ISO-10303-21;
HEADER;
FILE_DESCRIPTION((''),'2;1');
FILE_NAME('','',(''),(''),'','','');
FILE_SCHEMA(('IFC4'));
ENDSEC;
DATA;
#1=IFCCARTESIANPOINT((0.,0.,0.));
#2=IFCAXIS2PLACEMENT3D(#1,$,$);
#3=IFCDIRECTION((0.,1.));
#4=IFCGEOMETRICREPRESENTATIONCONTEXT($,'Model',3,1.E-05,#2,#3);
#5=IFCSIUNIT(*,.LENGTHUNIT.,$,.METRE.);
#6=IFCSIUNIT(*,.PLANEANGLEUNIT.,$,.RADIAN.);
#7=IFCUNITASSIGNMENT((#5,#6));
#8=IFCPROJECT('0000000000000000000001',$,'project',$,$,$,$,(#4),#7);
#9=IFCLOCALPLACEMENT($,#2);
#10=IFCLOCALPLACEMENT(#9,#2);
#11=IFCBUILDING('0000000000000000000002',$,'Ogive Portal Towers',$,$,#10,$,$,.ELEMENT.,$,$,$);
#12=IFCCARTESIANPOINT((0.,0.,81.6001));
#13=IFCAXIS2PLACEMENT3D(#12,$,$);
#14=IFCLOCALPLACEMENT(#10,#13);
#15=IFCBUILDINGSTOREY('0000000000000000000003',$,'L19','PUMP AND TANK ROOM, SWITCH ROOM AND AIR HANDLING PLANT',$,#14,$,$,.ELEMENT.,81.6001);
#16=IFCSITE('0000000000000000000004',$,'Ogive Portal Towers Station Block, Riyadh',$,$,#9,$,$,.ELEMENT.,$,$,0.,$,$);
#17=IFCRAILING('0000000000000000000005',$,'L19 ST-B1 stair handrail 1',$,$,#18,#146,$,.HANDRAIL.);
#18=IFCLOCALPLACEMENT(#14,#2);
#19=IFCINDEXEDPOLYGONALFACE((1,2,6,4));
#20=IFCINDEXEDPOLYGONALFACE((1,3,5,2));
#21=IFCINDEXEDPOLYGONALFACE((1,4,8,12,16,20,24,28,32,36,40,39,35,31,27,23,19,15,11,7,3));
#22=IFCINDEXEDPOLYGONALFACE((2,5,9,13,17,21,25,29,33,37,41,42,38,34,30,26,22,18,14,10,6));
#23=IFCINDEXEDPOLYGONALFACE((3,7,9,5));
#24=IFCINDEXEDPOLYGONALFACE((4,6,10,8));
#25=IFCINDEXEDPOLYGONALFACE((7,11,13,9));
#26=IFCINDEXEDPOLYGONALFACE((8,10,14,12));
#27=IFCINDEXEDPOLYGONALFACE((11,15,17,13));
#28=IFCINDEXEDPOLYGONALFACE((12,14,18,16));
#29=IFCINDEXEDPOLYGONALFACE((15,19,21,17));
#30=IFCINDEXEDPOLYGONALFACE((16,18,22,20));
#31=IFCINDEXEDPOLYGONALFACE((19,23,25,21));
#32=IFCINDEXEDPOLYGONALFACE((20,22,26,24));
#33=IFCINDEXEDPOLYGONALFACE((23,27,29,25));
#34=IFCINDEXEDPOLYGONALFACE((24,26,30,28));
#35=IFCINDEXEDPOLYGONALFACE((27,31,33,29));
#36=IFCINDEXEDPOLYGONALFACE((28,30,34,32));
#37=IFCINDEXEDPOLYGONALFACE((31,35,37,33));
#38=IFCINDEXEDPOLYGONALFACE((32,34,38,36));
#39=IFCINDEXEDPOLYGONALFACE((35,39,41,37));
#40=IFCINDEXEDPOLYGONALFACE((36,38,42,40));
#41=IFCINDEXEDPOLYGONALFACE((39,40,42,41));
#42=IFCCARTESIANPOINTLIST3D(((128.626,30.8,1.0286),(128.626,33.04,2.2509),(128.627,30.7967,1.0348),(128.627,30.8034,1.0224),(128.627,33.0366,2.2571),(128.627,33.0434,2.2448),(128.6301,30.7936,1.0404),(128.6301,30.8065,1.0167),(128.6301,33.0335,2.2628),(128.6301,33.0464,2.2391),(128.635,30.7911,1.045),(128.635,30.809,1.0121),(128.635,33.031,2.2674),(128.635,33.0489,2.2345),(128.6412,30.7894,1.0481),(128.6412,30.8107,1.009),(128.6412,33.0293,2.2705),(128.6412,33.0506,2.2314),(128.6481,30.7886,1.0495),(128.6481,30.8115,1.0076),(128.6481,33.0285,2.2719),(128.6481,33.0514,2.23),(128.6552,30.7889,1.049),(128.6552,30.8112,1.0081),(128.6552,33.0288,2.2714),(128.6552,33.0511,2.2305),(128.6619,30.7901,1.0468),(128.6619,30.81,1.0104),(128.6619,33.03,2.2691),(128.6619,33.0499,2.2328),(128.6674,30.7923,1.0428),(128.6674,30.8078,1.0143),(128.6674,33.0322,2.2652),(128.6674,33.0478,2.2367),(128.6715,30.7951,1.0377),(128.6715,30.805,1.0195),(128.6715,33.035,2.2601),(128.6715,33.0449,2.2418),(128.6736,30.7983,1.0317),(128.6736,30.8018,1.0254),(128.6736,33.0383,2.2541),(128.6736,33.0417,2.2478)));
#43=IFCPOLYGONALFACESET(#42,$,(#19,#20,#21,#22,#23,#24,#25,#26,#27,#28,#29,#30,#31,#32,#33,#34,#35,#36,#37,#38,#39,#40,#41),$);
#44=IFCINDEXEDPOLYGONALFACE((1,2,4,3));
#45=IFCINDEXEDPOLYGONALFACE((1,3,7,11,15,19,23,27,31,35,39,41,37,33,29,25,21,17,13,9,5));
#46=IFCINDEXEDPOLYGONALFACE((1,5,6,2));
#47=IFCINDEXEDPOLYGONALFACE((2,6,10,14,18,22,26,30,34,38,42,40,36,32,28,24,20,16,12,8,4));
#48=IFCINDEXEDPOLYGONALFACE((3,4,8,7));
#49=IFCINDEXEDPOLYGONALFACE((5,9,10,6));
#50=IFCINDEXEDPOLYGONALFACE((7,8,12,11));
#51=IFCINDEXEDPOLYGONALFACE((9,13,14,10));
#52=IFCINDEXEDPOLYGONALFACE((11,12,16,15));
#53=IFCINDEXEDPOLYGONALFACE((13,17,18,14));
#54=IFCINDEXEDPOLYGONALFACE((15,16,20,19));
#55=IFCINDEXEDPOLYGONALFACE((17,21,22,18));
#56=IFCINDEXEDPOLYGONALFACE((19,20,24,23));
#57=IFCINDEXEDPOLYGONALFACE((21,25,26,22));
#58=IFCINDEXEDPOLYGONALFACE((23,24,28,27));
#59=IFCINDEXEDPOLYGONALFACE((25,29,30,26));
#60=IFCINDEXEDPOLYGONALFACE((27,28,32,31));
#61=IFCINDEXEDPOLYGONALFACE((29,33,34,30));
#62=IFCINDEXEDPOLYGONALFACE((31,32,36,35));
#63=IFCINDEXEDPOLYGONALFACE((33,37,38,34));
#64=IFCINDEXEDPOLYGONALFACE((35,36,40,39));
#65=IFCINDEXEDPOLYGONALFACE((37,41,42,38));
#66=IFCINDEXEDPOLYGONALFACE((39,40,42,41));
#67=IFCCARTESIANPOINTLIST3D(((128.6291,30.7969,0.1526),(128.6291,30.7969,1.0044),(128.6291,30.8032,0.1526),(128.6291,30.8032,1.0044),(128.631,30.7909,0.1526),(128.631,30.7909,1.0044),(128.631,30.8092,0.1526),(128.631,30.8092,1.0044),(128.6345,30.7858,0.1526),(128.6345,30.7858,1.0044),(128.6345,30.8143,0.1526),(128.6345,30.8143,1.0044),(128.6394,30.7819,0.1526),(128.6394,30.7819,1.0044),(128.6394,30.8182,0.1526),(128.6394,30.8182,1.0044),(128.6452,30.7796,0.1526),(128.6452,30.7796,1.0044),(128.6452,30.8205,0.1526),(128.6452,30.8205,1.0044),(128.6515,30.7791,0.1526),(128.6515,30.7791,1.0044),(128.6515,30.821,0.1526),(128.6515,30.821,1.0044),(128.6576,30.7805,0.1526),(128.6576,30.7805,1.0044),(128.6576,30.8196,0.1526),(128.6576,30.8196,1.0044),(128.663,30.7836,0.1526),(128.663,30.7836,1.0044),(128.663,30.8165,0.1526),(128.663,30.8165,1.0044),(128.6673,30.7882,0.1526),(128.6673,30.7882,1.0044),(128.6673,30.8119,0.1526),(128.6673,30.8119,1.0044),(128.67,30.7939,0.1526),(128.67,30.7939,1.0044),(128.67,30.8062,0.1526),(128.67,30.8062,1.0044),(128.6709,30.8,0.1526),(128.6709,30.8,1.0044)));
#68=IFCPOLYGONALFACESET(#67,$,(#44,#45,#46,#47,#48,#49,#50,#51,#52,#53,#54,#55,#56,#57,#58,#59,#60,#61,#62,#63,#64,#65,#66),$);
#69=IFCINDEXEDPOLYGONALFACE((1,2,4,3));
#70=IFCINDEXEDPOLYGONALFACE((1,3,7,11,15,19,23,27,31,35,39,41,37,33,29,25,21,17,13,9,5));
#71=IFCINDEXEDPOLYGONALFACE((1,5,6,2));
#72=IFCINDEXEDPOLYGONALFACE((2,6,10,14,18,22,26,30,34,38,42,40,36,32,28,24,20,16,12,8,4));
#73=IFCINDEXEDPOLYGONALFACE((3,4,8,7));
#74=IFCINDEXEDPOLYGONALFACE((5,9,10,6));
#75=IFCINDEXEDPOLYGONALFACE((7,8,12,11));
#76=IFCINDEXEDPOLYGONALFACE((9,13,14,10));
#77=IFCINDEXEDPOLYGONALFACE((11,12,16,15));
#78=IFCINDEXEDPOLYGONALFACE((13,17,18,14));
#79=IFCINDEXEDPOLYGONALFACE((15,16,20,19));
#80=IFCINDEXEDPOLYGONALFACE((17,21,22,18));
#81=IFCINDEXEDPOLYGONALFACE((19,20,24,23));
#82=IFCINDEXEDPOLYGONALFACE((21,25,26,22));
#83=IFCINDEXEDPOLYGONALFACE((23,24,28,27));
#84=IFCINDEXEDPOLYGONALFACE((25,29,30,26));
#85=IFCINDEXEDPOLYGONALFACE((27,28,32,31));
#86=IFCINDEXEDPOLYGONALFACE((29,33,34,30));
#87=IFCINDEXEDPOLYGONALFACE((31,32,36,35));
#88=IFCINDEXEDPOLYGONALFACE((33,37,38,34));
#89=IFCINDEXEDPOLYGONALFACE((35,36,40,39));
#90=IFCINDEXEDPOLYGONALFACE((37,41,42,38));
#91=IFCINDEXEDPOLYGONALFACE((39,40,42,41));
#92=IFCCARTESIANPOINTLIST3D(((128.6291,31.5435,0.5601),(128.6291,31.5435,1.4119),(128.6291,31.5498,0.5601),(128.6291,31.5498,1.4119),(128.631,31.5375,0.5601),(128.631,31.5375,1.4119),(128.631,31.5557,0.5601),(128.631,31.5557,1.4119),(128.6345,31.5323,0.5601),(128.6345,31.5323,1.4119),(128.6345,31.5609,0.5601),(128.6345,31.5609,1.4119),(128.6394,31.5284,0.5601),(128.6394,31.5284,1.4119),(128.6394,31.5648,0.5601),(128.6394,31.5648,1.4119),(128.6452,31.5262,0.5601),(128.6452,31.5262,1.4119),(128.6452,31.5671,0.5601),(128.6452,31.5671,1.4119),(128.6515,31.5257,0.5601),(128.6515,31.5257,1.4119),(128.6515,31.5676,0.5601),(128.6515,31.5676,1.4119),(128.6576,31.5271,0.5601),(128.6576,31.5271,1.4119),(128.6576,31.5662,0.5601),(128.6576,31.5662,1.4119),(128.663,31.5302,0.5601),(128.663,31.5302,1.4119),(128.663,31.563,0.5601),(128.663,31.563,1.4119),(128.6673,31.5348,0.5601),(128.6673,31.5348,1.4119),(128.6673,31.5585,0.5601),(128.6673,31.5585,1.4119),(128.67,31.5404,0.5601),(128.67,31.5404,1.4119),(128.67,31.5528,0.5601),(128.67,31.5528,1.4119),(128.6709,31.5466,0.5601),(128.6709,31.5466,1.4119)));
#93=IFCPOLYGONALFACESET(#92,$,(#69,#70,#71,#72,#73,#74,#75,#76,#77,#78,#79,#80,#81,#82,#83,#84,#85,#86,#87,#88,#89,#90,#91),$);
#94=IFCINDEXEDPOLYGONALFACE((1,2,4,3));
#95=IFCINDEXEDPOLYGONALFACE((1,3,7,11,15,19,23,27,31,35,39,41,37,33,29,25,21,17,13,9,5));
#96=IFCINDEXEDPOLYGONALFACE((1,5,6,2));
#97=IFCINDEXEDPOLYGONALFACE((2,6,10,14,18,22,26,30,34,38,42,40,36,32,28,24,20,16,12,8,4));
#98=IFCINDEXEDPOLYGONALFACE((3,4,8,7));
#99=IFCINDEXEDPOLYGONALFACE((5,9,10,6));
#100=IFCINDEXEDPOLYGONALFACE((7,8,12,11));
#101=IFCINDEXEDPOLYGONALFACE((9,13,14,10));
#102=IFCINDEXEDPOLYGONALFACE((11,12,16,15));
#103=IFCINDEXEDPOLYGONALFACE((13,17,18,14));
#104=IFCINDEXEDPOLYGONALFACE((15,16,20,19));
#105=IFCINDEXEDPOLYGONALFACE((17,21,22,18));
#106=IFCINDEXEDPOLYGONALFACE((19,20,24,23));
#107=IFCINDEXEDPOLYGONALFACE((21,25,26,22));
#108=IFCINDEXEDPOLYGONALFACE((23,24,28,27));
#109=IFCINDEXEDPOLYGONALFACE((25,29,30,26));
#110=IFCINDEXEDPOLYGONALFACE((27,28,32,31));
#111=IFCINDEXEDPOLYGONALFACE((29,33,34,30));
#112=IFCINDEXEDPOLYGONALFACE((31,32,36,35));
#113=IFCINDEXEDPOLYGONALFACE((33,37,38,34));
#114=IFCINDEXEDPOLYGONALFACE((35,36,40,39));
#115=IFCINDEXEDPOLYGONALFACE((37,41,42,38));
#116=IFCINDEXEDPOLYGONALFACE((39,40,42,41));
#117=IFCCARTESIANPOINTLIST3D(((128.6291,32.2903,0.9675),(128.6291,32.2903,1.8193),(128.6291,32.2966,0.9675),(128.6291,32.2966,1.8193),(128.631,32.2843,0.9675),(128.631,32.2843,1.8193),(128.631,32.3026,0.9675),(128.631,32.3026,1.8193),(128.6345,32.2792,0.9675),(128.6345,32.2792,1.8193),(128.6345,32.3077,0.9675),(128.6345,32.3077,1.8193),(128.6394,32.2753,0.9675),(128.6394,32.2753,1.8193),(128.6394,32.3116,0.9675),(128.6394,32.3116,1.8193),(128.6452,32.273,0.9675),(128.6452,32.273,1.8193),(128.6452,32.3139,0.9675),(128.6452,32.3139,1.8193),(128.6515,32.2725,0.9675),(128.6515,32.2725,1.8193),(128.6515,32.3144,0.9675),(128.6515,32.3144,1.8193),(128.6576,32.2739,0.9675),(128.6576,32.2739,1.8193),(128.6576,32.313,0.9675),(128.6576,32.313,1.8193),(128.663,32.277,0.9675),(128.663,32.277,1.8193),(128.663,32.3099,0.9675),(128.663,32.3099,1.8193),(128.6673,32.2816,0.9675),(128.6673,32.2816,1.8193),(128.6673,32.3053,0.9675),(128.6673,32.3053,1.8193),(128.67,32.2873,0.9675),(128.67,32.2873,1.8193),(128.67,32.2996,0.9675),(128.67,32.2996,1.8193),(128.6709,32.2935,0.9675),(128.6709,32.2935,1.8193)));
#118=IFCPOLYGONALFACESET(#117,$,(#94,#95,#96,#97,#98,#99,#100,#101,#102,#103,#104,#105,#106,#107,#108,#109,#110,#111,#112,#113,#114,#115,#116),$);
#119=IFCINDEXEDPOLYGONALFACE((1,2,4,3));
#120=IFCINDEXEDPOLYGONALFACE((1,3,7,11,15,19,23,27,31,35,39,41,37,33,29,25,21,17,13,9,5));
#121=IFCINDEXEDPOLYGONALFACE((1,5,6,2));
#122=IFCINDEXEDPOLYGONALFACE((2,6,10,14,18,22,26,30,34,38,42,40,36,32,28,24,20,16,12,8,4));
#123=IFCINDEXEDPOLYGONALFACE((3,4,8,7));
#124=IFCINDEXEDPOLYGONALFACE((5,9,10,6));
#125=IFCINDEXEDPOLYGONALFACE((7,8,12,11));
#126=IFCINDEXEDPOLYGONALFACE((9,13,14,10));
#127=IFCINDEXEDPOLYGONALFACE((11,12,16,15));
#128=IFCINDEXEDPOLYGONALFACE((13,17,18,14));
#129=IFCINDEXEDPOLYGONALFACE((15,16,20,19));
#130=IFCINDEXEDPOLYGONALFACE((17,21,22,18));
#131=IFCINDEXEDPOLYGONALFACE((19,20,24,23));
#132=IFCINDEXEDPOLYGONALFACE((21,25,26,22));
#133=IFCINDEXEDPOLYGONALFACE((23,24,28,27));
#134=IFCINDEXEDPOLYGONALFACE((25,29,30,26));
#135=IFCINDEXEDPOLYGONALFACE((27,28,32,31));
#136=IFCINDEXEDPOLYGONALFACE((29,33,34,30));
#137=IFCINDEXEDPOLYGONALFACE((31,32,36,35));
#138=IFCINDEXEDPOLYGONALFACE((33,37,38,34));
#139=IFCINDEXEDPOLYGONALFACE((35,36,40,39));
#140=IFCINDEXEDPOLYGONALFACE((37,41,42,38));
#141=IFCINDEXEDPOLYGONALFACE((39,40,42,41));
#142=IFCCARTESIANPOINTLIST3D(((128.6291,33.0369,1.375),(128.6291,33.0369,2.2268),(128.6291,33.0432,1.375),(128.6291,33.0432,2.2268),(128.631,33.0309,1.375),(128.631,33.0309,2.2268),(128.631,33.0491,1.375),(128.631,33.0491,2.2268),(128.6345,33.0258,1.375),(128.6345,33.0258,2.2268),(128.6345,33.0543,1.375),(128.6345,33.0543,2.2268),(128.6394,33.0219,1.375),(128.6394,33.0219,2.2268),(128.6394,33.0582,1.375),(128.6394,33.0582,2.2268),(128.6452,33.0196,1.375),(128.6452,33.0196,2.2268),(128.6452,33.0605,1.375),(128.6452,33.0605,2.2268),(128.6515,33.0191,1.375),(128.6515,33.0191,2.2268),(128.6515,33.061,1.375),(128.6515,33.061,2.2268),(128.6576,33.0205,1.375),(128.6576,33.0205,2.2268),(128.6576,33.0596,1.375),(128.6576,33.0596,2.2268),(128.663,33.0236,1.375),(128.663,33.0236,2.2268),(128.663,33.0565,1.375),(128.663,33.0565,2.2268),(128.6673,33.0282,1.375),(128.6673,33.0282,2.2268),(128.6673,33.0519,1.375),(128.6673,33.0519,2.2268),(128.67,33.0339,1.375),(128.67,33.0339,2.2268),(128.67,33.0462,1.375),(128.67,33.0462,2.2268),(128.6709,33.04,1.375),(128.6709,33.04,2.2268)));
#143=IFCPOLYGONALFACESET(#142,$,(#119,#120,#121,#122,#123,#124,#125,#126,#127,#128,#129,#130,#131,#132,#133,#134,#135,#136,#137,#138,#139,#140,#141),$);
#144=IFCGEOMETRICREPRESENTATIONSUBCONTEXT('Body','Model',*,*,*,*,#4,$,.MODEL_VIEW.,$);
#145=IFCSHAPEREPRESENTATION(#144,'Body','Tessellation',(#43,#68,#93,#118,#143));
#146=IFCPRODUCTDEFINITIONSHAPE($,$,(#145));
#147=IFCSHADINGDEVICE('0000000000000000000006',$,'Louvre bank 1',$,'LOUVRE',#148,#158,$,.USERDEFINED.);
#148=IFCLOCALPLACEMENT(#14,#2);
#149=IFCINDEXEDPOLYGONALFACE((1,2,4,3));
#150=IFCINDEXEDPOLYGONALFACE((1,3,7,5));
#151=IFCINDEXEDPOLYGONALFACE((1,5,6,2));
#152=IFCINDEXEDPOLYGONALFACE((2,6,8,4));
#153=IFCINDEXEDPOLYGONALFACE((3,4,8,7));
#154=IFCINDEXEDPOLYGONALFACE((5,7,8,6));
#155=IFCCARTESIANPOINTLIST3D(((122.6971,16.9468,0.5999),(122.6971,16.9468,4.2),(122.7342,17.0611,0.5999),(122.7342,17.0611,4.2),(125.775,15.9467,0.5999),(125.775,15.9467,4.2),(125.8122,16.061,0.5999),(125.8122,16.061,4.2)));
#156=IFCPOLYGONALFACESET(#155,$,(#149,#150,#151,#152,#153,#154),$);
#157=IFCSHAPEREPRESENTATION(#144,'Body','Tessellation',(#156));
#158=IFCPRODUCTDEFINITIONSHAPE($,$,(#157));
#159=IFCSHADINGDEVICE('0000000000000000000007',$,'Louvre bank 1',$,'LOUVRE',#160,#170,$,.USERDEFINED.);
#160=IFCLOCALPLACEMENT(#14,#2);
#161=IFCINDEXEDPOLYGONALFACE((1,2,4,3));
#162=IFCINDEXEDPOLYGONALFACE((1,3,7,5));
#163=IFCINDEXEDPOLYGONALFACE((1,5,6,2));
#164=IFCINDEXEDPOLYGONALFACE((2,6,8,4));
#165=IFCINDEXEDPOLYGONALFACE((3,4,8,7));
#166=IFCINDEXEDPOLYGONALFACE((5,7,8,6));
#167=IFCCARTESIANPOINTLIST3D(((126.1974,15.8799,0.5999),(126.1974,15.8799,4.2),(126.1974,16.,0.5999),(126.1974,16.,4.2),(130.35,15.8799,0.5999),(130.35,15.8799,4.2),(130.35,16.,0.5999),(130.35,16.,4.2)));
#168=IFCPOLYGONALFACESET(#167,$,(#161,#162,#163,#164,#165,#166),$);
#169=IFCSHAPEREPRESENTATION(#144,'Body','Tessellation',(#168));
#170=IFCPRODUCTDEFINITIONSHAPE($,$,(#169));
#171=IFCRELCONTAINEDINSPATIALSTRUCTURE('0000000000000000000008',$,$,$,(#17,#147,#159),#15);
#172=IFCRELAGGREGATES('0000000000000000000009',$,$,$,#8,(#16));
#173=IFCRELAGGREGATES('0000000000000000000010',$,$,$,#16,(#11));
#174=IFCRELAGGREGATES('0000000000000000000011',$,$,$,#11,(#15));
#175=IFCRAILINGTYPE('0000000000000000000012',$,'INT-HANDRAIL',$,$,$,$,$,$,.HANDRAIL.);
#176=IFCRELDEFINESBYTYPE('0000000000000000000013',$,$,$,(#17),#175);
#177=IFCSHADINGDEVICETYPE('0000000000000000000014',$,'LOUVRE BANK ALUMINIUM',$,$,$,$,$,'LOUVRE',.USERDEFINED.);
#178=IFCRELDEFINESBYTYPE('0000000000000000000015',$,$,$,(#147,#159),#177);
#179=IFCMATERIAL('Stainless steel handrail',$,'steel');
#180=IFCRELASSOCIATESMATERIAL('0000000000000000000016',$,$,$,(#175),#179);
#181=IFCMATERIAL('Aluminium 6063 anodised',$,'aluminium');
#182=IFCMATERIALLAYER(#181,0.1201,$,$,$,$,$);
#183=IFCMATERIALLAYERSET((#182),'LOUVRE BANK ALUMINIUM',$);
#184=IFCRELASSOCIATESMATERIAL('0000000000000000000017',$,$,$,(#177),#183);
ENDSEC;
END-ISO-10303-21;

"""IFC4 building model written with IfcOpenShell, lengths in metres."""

from ifc_helpers import new_model, si_unit, direction, frame, origin, origin_2d, place, context, subcontext, project, spatial, rectangle, circle, extrude, material, layer, layer_set, type_object, element, save


model = new_model("IFC4")

# Units and contexts
model_context = context("Model", 3, precision=1e-05, world=origin(), true_north=direction((0.0, 1.0)))
body_context = subcontext(model_context, "Body", "Model", "MODEL_VIEW")
ifc_project = project(units=[si_unit("LENGTHUNIT", "METRE"), si_unit("PLANEANGLEUNIT", "RADIAN")], contexts=[model_context])

# Site, building, storey
site_placement = place(None, origin())
site = spatial("IfcSite", under=ifc_project, at=site_placement, Name="Ogive Portal Towers Station Block, Riyadh", CompositionType="ELEMENT", RefElevation=0.0)
building_placement = place(site_placement, origin())
building = spatial("IfcBuilding", under=site, at=building_placement, Name="Ogive Portal Towers", CompositionType="ELEMENT")
storey_placement = place(building_placement, frame((0.0, 0.0, 81.6001)))
storey = spatial("IfcBuildingStorey", under=building, at=storey_placement, Name="L19", Description="PUMP AND TANK ROOM, SWITCH ROOM AND AIR HANDLING PLANT", CompositionType="ELEMENT", Elevation=81.6001)

# Railing
ifc_material_1 = material(Name="Stainless steel handrail", Category="steel")
railing_type_1 = type_object("IfcRailingType", Name="INT-HANDRAIL", PredefinedType="HANDRAIL", material=ifc_material_1)
railing_1_placement = place(storey_placement, frame((128.6499, 30.8, 0.1526)))
element("IfcRailing", 1, at=railing_1_placement, inside=storey, type_object=railing_type_1, Name="L19 ST-B1 stair handrail 1", PredefinedType="HANDRAIL", context=body_context, shape_type="SweptSolid", body=[
    extrude(circle(Radius=0.0239, at=origin_2d()), frame((0.0, 0.0, 0.876), z_axis=(0.0, 0.877797, 0.479033), x_axis=(-1.0, 0.0, 0.0)), (0.0, 0.0, 1.0), 2.5518),
    extrude(circle(Radius=0.021, at=origin_2d()), origin(), (0.0, 0.0, 1.0), 0.8518),
    extrude(circle(Radius=0.021, at=origin_2d()), frame((0.0, 0.7466, 0.4075)), (0.0, 0.0, 1.0), 0.8518),
    extrude(circle(Radius=0.021, at=origin_2d()), frame((0.0, 1.4934, 0.8149)), (0.0, 0.0, 1.0), 0.8518),
    extrude(circle(Radius=0.021, at=origin_2d()), frame((0.0, 2.24, 1.2224)), (0.0, 0.0, 1.0), 0.8518),
])

# Shading devices
ifc_material_2 = material(Name="Aluminium 6063 anodised", Category="aluminium")
ifc_layer_1 = layer(ifc_material_2, 0.1201)
ifc_layer_set_1 = layer_set([ifc_layer_1], Name="LOUVRE BANK ALUMINIUM")
shading_device_type = type_object("IfcShadingDeviceType", Name="LOUVRE BANK ALUMINIUM", ElementType="LOUVRE", PredefinedType="USERDEFINED", material=ifc_layer_set_1)
shading_device_1_placement = place(storey_placement, frame((124.2546, 16.5039, 0.5999), z_axis=(0.0, 0.0, 1.0), x_axis=(0.951057, -0.309017, 0.0)))
element("IfcShadingDevice", 2, at=shading_device_1_placement, inside=storey, type_object=shading_device_type, Name="Louvre bank 1", ObjectType="LOUVRE", PredefinedType="USERDEFINED", context=body_context, shape_type="SweptSolid", body=[
    extrude(rectangle(XDim=3.2363, YDim=0.1201, at=origin_2d()), origin(), (0.0, 0.0, 1.0), 3.6001),
])
shading_device_2_placement = place(storey_placement, frame((128.2737, 15.9399, 0.5999), z_axis=(0.0, 0.0, 1.0), x_axis=(1.0, 0.0, 0.0)))
element("IfcShadingDevice", 3, at=shading_device_2_placement, inside=storey, type_object=shading_device_type, Name="Louvre bank 1", ObjectType="LOUVRE", PredefinedType="USERDEFINED", context=body_context, shape_type="SweptSolid", body=[
    extrude(rectangle(XDim=4.1526, YDim=0.1201, at=origin_2d()), origin(), (0.0, 0.0, 1.0), 3.6001),
])

save(model, "model.ifc")
